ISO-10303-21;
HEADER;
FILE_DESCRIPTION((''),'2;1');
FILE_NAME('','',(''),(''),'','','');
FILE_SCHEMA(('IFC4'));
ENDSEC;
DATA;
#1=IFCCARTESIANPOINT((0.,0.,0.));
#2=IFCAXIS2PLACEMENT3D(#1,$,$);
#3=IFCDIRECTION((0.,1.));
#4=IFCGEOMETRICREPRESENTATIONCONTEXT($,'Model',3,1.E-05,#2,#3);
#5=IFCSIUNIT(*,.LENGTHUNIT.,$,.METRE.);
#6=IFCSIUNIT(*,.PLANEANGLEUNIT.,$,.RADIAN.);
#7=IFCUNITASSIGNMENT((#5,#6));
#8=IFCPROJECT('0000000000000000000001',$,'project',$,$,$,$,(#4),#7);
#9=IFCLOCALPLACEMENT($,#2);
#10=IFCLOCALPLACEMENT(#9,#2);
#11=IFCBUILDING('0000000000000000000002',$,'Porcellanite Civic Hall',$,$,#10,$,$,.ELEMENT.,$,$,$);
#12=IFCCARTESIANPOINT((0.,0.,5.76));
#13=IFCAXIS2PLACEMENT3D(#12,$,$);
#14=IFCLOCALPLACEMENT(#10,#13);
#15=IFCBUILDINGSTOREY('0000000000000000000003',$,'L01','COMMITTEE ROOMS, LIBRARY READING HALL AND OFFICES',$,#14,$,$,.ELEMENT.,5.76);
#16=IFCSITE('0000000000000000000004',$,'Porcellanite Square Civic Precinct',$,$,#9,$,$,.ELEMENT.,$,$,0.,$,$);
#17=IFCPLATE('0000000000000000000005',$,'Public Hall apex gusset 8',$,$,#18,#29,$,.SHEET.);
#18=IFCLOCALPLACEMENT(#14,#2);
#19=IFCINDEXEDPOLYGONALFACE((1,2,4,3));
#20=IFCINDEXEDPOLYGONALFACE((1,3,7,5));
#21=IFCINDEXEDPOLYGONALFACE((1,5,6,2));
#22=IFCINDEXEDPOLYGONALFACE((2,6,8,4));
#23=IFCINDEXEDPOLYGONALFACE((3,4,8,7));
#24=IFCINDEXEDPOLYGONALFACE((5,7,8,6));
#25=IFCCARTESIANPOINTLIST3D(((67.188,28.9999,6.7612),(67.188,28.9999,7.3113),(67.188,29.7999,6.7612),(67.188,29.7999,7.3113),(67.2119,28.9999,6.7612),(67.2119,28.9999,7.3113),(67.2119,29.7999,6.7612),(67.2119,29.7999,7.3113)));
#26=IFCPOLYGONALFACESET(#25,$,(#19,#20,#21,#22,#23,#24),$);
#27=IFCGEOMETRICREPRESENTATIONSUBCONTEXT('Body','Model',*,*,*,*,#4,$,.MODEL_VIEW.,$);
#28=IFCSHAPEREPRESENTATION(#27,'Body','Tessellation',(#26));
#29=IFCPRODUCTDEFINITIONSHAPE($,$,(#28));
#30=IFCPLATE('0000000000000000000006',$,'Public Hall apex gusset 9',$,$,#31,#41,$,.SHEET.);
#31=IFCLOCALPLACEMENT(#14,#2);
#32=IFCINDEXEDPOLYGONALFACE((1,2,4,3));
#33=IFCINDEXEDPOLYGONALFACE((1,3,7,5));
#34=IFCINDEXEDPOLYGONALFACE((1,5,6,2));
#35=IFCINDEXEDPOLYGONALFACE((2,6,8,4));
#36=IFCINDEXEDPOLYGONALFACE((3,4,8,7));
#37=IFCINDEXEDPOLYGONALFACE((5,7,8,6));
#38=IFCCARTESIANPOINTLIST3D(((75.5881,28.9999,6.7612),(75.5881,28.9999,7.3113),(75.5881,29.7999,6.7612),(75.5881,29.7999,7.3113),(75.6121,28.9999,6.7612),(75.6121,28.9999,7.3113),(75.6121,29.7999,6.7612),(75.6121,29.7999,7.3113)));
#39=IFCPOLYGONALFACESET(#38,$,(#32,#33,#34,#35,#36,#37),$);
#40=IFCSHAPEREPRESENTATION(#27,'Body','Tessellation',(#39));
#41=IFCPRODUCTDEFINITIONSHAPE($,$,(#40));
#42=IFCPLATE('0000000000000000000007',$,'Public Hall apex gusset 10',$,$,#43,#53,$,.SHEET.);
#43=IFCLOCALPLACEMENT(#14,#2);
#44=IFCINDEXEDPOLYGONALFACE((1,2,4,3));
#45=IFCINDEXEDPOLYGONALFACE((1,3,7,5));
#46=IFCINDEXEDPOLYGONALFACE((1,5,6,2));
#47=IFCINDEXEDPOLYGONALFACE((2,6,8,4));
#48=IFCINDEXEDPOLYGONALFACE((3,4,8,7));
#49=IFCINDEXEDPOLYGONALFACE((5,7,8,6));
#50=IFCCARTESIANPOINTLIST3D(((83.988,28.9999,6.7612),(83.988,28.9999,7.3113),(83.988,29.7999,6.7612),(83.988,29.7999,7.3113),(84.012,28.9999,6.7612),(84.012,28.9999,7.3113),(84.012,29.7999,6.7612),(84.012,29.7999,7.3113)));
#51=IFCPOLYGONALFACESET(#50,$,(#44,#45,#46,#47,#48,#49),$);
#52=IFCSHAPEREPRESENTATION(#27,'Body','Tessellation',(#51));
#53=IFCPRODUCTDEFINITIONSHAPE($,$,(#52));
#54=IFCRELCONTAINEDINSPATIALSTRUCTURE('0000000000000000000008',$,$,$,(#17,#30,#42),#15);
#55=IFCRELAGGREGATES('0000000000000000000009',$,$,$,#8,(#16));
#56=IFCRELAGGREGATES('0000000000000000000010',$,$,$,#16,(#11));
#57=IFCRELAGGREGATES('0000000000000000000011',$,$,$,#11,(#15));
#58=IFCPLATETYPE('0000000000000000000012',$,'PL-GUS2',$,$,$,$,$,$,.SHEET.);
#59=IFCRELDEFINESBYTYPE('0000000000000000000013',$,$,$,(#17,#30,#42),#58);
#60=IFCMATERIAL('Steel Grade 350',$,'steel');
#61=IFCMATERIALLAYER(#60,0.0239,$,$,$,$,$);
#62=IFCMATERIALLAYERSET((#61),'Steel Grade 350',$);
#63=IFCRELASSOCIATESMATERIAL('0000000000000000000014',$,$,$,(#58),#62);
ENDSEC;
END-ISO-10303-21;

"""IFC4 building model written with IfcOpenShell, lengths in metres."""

from ifc_helpers import new_model, si_unit, direction, frame, origin, origin_2d, place, context, subcontext, project, spatial, rectangle, extrude, material, layer, layer_set, type_object, element, save


model = new_model("IFC4")

# Units and contexts
model_context = context("Model", 3, precision=1e-05, world=origin(), true_north=direction((0.0, 1.0)))
body_context = subcontext(model_context, "Body", "Model", "MODEL_VIEW")
ifc_project = project(units=[si_unit("LENGTHUNIT", "METRE"), si_unit("PLANEANGLEUNIT", "RADIAN")], contexts=[model_context])

# Site, building, storey
site_placement = place(None, origin())
site = spatial("IfcSite", under=ifc_project, at=site_placement, Name="Porcellanite Square Civic Precinct", CompositionType="ELEMENT", RefElevation=0.0)
building_placement = place(site_placement, origin())
building = spatial("IfcBuilding", under=site, at=building_placement, Name="Porcellanite Civic Hall", CompositionType="ELEMENT")
storey_placement = place(building_placement, frame((0.0, 0.0, 5.76)))
storey = spatial("IfcBuildingStorey", under=building, at=storey_placement, Name="L01", Description="COMMITTEE ROOMS, LIBRARY READING HALL AND OFFICES", CompositionType="ELEMENT", Elevation=5.76)

# Plates
ifc_material_1 = material(Name="Steel Grade 350", Category="steel")
ifc_layer_1 = layer(ifc_material_1, 0.0239)
ifc_layer_set_1 = layer_set([ifc_layer_1], Name="Steel Grade 350")
plate_type = type_object("IfcPlateType", Name="PL-GUS2", PredefinedType="SHEET", material=ifc_layer_set_1)
for number, where, z_axis, x_axis, name in (
    (1, (67.2, 29.3999, 6.7612), (0.0, 0.0, 1.0), (1.0, 0.0, 0.0), "Public Hall apex gusset 8"),
    (2, (75.6001, 29.3999, 6.7612), (0.0, 0.0, 1.0), (1.0, 0.0, 0.0), "Public Hall apex gusset 9"),
    (3, (84.0, 29.3999, 6.7612), (0.0, 0.0, 1.0), (1.0, 0.0, 0.0), "Public Hall apex gusset 10"),
):
    element("IfcPlate", number, at=place(storey_placement, frame(where, z_axis=z_axis, x_axis=x_axis)), inside=storey, type_object=plate_type, Name=name, PredefinedType="SHEET", context=body_context, shape_type="SweptSolid", body=[
        extrude(rectangle(XDim=0.0239, YDim=0.8, at=origin_2d()), origin(), (0.0, 0.0, 1.0), 0.55),
    ])

save(model, "model.ifc")
